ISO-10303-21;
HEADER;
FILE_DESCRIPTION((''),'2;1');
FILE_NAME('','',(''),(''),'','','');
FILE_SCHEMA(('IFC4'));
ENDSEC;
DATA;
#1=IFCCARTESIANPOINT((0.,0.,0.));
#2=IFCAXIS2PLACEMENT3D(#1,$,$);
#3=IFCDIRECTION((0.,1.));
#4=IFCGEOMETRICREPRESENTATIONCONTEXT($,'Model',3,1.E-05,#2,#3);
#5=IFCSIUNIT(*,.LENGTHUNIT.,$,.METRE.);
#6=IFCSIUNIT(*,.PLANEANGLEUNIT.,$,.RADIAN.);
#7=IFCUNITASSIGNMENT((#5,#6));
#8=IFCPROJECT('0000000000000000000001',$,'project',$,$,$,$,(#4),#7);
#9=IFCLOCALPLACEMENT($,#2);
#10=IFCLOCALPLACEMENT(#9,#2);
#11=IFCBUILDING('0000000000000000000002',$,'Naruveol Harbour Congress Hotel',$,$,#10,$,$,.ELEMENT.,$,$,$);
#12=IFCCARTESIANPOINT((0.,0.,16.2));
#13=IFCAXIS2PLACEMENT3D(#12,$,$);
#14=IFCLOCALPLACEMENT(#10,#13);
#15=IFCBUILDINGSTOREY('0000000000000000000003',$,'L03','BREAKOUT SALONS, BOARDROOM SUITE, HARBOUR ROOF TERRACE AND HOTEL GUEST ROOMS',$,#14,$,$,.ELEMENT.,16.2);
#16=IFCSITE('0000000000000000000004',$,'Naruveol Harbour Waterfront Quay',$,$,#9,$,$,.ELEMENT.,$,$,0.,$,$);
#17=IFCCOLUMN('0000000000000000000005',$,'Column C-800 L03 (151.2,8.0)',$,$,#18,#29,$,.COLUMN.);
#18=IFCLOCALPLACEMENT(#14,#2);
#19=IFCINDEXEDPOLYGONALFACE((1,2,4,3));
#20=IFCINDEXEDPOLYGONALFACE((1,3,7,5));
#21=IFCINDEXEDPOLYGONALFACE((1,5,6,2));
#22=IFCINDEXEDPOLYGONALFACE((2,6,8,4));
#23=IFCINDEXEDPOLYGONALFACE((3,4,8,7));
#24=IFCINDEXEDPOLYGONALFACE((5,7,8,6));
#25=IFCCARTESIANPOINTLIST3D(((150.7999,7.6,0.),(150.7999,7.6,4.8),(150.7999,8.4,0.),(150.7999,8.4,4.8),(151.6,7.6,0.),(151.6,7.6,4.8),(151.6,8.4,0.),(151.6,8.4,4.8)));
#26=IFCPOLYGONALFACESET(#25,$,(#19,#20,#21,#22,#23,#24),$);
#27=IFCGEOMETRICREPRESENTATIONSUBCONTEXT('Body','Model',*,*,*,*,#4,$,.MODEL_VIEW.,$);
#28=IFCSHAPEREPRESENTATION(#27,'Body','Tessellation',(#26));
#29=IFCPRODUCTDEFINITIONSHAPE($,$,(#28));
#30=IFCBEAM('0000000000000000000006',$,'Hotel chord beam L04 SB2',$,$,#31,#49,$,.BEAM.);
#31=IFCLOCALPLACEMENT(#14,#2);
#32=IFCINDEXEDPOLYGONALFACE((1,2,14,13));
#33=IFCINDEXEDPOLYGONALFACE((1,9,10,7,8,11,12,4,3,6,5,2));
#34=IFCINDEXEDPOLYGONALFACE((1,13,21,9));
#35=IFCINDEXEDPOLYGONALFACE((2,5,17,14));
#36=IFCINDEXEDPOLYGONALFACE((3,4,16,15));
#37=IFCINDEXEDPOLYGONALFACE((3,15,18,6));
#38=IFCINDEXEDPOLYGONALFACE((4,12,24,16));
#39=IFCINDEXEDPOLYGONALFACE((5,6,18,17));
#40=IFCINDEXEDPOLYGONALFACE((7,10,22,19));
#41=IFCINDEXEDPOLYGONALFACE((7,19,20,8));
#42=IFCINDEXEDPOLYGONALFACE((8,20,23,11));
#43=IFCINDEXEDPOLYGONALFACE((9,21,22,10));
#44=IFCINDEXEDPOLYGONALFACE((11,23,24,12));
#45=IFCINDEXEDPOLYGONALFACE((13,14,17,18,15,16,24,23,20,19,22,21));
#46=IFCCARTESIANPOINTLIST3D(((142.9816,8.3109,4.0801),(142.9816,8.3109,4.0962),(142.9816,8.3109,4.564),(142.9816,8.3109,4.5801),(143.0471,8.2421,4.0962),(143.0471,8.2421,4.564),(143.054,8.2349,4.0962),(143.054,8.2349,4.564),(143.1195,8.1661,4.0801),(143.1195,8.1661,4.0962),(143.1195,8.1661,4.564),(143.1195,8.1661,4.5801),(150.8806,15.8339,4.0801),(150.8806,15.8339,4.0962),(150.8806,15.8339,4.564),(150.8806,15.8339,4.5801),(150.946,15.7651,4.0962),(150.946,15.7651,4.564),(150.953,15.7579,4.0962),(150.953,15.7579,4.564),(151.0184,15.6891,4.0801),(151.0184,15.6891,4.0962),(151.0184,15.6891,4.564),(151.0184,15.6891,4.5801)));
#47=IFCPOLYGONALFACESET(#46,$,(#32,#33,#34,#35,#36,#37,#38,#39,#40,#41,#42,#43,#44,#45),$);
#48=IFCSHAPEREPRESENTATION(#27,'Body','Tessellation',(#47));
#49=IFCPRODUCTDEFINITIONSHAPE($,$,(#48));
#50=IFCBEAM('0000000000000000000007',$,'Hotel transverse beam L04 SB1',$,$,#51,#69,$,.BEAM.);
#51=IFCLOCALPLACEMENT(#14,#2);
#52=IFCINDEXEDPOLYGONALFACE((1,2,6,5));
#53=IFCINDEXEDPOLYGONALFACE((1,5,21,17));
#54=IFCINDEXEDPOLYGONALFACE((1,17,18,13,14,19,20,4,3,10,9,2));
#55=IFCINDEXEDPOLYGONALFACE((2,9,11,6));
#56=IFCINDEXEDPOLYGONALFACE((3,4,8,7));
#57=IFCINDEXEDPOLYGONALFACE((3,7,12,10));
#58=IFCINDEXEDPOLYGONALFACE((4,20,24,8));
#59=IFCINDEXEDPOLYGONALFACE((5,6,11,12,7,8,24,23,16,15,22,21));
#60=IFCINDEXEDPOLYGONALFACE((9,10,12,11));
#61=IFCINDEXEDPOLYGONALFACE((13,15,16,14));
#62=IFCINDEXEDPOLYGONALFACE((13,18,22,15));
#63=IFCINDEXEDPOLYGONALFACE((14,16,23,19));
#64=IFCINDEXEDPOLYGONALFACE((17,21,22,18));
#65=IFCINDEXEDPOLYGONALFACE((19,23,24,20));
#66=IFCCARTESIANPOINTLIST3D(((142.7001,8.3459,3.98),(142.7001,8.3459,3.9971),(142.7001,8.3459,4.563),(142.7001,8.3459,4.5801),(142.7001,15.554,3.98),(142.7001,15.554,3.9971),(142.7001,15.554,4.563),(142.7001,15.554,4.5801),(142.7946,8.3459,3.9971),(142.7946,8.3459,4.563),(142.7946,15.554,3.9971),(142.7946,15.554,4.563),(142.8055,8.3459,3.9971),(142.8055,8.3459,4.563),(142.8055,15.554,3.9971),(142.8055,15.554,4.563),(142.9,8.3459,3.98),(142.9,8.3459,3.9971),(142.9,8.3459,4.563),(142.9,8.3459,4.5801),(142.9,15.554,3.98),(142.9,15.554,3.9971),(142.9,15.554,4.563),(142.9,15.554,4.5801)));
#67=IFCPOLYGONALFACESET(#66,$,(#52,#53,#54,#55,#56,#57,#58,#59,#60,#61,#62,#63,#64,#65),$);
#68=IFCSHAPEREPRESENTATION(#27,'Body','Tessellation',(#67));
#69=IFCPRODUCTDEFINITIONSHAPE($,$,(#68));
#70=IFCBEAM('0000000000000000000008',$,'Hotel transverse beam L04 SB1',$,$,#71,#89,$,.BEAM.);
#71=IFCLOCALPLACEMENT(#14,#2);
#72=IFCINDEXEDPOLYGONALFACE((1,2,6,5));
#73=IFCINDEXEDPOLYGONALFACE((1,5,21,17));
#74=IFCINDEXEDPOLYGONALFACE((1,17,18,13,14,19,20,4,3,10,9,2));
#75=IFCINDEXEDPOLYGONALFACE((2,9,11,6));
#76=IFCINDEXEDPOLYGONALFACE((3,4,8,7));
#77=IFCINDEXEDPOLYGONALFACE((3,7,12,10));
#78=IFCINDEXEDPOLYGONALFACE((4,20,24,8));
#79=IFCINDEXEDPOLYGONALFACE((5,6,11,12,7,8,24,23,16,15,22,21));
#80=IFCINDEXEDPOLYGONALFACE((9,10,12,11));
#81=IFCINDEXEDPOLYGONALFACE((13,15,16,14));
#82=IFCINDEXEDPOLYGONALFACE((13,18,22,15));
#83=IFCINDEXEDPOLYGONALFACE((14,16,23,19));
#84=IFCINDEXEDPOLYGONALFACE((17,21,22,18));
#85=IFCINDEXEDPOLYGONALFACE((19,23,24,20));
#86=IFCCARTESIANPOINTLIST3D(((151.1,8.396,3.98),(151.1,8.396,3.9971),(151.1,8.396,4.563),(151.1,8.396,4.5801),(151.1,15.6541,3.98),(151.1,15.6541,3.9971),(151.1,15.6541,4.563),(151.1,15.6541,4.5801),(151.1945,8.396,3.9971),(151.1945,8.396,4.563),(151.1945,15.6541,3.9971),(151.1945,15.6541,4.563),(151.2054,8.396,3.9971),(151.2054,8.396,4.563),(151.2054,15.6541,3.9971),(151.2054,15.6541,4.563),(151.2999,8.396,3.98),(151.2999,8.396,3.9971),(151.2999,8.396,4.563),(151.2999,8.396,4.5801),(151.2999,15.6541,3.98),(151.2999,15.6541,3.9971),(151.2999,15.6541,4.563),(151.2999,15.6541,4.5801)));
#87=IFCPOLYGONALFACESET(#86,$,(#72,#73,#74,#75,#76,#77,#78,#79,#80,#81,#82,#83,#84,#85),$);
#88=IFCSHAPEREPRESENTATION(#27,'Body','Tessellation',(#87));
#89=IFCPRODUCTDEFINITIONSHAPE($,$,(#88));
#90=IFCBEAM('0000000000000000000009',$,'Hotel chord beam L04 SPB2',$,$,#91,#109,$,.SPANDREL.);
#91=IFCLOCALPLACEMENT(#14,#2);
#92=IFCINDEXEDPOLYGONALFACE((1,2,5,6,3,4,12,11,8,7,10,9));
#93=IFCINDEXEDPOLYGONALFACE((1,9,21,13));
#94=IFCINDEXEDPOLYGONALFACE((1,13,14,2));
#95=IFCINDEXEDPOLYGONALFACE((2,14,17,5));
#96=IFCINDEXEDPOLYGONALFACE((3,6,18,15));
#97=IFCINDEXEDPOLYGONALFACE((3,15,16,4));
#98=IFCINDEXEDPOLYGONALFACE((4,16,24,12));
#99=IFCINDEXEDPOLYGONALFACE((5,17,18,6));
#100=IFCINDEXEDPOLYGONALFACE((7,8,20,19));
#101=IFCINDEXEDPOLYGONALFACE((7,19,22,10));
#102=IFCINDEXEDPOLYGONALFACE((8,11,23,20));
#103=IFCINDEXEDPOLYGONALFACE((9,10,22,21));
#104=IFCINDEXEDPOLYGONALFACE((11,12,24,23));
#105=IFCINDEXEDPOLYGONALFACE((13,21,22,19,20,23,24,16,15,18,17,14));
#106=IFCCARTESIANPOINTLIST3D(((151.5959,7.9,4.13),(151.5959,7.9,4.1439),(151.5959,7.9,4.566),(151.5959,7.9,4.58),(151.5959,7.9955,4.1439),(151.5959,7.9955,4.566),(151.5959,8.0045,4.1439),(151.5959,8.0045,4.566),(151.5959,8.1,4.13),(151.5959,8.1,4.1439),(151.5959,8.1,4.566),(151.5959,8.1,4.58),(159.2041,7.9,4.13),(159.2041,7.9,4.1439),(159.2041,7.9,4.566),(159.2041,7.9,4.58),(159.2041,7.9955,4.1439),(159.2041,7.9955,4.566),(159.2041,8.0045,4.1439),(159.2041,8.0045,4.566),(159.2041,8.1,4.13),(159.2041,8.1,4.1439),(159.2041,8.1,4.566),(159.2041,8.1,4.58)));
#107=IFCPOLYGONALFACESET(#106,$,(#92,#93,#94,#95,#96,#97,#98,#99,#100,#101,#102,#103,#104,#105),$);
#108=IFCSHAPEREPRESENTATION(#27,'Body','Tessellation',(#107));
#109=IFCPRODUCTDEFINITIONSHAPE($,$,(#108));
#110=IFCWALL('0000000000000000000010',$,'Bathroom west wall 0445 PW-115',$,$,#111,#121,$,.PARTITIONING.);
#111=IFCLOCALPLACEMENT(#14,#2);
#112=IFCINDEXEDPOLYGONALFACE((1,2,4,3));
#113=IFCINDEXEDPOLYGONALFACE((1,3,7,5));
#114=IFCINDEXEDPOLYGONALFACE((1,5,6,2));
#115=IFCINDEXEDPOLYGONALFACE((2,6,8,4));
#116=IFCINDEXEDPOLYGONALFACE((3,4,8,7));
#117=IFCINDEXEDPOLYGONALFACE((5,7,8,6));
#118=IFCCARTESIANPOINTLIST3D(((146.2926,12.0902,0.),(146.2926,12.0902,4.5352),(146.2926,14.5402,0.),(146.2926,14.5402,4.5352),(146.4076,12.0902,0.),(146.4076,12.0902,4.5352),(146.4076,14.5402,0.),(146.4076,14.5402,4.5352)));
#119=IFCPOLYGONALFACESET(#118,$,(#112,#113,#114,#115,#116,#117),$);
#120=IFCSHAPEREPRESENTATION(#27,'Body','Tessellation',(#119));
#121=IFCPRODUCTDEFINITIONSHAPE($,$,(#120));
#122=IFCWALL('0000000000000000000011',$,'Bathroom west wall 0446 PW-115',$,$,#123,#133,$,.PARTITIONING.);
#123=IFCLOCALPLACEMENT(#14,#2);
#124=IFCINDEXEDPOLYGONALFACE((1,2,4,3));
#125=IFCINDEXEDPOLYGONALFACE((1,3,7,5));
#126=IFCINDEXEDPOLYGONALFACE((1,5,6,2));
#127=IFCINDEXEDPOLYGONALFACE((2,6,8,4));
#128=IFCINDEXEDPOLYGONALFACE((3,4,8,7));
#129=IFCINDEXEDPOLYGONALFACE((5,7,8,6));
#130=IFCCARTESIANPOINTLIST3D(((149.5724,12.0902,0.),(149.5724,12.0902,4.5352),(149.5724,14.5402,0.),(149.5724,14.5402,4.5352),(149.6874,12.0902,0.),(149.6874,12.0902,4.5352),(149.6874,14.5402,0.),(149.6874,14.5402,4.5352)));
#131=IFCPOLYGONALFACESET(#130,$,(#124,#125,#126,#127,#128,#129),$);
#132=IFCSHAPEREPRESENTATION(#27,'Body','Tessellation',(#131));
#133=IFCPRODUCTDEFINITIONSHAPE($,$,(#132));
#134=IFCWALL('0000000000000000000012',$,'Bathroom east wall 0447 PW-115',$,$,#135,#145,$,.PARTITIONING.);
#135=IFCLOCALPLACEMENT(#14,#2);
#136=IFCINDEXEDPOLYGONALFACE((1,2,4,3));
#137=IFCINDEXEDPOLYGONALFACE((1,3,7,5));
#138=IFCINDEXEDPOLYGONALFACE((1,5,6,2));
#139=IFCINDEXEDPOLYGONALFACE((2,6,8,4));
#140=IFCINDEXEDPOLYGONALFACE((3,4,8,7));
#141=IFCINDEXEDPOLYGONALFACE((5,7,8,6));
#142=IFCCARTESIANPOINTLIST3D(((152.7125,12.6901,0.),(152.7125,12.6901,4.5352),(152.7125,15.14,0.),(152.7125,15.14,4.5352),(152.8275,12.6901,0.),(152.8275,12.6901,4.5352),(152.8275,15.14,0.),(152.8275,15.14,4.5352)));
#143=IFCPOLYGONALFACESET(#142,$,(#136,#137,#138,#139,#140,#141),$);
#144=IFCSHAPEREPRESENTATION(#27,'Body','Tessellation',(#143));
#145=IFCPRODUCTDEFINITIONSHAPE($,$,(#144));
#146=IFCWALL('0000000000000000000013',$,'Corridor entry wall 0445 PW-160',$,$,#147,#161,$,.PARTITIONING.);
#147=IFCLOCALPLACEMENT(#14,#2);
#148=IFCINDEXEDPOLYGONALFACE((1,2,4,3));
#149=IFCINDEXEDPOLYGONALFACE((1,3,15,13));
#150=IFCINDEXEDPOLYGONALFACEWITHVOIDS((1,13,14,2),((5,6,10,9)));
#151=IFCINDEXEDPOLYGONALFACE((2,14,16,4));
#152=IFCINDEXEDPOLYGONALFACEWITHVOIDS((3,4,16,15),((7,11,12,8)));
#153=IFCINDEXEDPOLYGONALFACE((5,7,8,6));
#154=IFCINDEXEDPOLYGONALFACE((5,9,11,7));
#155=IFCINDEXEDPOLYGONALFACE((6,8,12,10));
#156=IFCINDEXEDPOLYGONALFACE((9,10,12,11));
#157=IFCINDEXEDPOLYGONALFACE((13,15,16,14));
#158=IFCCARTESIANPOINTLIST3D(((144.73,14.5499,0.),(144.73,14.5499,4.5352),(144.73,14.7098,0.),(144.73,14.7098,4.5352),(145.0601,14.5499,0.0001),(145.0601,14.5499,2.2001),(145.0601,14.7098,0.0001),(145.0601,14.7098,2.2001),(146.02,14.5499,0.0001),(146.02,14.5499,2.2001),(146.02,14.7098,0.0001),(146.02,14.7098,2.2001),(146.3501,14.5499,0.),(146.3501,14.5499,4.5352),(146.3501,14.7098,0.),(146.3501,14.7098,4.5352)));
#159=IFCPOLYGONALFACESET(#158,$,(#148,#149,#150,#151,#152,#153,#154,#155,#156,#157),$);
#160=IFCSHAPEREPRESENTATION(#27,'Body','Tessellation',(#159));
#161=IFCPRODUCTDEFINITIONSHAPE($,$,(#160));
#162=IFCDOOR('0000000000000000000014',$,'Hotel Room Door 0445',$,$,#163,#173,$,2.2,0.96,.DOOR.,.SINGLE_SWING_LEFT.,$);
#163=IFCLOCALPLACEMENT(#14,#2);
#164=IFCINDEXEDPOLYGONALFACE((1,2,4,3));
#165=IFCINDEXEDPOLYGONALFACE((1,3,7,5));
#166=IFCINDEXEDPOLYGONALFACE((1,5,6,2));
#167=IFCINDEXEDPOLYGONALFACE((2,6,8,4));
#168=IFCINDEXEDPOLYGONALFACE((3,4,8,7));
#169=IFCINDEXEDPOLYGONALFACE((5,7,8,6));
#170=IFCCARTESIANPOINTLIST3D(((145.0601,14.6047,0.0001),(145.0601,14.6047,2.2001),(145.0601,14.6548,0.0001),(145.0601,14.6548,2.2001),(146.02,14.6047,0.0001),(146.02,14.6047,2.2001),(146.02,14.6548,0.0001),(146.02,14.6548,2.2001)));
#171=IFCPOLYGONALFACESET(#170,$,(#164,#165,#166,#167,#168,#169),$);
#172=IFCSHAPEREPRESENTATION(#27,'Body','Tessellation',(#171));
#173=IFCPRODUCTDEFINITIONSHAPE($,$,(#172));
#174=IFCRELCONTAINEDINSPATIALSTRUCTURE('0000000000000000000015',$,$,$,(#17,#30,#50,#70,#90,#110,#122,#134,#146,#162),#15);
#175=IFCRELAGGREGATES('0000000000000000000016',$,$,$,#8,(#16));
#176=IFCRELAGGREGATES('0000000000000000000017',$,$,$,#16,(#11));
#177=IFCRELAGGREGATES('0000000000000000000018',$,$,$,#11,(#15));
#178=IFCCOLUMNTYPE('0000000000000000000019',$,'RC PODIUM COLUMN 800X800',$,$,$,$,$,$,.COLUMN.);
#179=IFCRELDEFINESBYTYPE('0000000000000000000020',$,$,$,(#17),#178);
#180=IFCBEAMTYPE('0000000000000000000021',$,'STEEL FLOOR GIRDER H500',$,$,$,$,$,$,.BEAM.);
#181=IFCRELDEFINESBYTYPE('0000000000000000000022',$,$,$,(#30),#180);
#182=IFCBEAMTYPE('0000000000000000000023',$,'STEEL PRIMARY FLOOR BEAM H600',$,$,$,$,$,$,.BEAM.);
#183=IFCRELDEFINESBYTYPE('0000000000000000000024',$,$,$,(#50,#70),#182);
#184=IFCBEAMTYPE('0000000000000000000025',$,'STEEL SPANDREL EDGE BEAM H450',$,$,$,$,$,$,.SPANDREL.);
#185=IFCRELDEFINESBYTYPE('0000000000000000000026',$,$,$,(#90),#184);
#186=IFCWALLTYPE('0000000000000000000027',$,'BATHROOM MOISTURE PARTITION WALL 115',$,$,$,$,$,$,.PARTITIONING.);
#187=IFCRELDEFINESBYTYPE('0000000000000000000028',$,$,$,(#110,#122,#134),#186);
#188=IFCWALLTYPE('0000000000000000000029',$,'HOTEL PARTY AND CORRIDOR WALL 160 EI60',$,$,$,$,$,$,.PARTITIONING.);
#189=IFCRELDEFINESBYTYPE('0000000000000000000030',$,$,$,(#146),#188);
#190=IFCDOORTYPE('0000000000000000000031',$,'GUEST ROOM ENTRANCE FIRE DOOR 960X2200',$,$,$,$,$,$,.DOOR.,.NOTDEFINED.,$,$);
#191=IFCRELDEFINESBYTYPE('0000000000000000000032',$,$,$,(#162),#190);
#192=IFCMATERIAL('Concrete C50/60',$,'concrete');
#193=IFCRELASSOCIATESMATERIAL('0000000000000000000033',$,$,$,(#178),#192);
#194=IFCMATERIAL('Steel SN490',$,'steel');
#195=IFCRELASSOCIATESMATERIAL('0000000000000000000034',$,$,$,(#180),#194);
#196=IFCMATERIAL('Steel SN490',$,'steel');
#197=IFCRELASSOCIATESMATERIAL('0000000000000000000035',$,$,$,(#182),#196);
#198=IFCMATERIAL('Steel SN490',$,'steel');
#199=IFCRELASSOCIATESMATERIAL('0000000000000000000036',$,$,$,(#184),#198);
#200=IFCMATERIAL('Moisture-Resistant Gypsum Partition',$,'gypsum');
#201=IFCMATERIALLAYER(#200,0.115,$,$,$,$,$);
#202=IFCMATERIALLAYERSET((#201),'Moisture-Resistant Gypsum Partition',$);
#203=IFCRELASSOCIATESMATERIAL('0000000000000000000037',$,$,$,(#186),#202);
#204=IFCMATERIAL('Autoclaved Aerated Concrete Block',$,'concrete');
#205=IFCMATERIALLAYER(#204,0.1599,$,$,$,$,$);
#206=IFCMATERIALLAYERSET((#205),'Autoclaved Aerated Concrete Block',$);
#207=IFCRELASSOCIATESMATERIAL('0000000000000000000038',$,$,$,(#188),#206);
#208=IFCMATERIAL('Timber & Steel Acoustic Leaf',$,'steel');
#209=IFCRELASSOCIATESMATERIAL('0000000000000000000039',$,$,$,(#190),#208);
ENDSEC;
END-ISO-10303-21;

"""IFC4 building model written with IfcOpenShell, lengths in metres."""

from ifc_helpers import new_model, si_unit, direction, frame, frame_2d, origin, origin_2d, place, context, subcontext, project, spatial, rectangle, i_section, extrude, material, layer, layer_set, material_profile, profile_set, type_object, element, fill, save


model = new_model("IFC4")

# Units and contexts
model_context = context("Model", 3, precision=1e-05, world=origin(), true_north=direction((0.0, 1.0)))
body_context = subcontext(model_context, "Body", "Model", "MODEL_VIEW")
ifc_project = project(units=[si_unit("LENGTHUNIT", "METRE"), si_unit("PLANEANGLEUNIT", "RADIAN")], contexts=[model_context])

# Site, building, storey
site_placement = place(None, origin())
site = spatial("IfcSite", under=ifc_project, at=site_placement, Name="Naruveol Harbour Waterfront Quay", CompositionType="ELEMENT", RefElevation=0.0)
building_placement = place(site_placement, origin())
building = spatial("IfcBuilding", under=site, at=building_placement, Name="Naruveol Harbour Congress Hotel", CompositionType="ELEMENT")
storey_placement = place(building_placement, frame((0.0, 0.0, 16.2)))
storey = spatial("IfcBuildingStorey", under=building, at=storey_placement, Name="L03", Description="BREAKOUT SALONS, BOARDROOM SUITE, HARBOUR ROOF TERRACE AND HOTEL GUEST ROOMS", CompositionType="ELEMENT", Elevation=16.2)

# Column
ifc_material_1 = material(Name="Concrete C50/60", Category="concrete")
ifc_material_profile_1 = material_profile(ifc_material_1, rectangle(XDim=0.8, YDim=0.8, at=origin_2d()), Name="RC-800x800")
ifc_profile_set_1 = profile_set([ifc_material_profile_1], Name="Concrete C50/60")
column_type = type_object("IfcColumnType", Name="RC PODIUM COLUMN 800X800", PredefinedType="COLUMN", material=ifc_profile_set_1)
column_placement = place(storey_placement, frame((151.2, 8.0, 0.0), z_axis=(0.0, 0.0, 1.0), x_axis=(1.0, 0.0, 0.0)))
element("IfcColumn", 1, at=column_placement, inside=storey, type_object=column_type, Name="Column C-800 L03 (151.2,8.0)", PredefinedType="COLUMN", context=body_context, shape_type="SweptSolid", body=[
    extrude(rectangle(XDim=0.8, YDim=0.8, at=origin_2d()), origin(), (0.0, 0.0, 1.0), 4.8),
])

# Beams
ifc_material_2 = material(Name="Steel SN490", Category="steel")
ifc_material_profile_2 = material_profile(ifc_material_2, i_section(OverallWidth=0.2, OverallDepth=0.5, WebThickness=0.01, FlangeThickness=0.0161, at=origin_2d()), Name="H-500x200x10x16")
ifc_profile_set_2 = profile_set([ifc_material_profile_2], Name="Steel SN490")
beam_type_1 = type_object("IfcBeamType", Name="STEEL FLOOR GIRDER H500", PredefinedType="BEAM", material=ifc_profile_set_2)
beam_1_placement = place(storey_placement, frame((143.0505, 8.2385, 4.3301), z_axis=(0.72413, 0.689663, 0.0), x_axis=(-0.689663, 0.72413, 0.0)))
element("IfcBeam", 2, at=beam_1_placement, inside=storey, type_object=beam_type_1, Name="Hotel chord beam L04 SB2", PredefinedType="BEAM", context=body_context, shape_type="SweptSolid", body=[
    extrude(i_section(OverallWidth=0.2, OverallDepth=0.5, WebThickness=0.01, FlangeThickness=0.0161, at=origin_2d()), origin(), (0.0, 0.0, 1.0), 10.9082),
])
ifc_material_3 = material(Name="Steel SN490", Category="steel")
ifc_material_profile_3 = material_profile(ifc_material_3, i_section(OverallWidth=0.2, OverallDepth=0.6001, WebThickness=0.011, FlangeThickness=0.0171, at=origin_2d()), Name="H-600x200x11x17")
ifc_profile_set_3 = profile_set([ifc_material_profile_3], Name="Steel SN490")
beam_type_2 = type_object("IfcBeamType", Name="STEEL PRIMARY FLOOR BEAM H600", PredefinedType="BEAM", material=ifc_profile_set_3)
beam_2_placement = place(storey_placement, frame((142.8, 8.3459, 4.28), z_axis=(0.0, 1.0, 0.0), x_axis=(-1.0, 0.0, 0.0)))
element("IfcBeam", 3, at=beam_2_placement, inside=storey, type_object=beam_type_2, Name="Hotel transverse beam L04 SB1", PredefinedType="BEAM", context=body_context, shape_type="SweptSolid", body=[
    extrude(i_section(OverallWidth=0.2, OverallDepth=0.6001, WebThickness=0.011, FlangeThickness=0.0171, at=origin_2d()), origin(), (0.0, 0.0, 1.0), 7.208),
])
beam_3_placement = place(storey_placement, frame((151.2, 8.396, 4.28), z_axis=(0.0, 1.0, 0.0), x_axis=(-1.0, 0.0, 0.0)))
element("IfcBeam", 4, at=beam_3_placement, inside=storey, type_object=beam_type_2, Name="Hotel transverse beam L04 SB1", PredefinedType="BEAM", context=body_context, shape_type="SweptSolid", body=[
    extrude(i_section(OverallWidth=0.2, OverallDepth=0.6001, WebThickness=0.011, FlangeThickness=0.0171, at=origin_2d()), origin(), (0.0, 0.0, 1.0), 7.2581),
])
ifc_material_4 = material(Name="Steel SN490", Category="steel")
ifc_material_profile_4 = material_profile(ifc_material_4, i_section(OverallWidth=0.2, OverallDepth=0.45, WebThickness=0.009, FlangeThickness=0.0139, at=origin_2d()), Name="H-450x200x9x14")
ifc_profile_set_4 = profile_set([ifc_material_profile_4], Name="Steel SN490")
beam_type_3 = type_object("IfcBeamType", Name="STEEL SPANDREL EDGE BEAM H450", PredefinedType="SPANDREL", material=ifc_profile_set_4)
beam_4_placement = place(storey_placement, frame((151.5959, 8.0, 4.355), z_axis=(1.0, 0.0, 0.0), x_axis=(0.0, 1.0, 0.0)))
element("IfcBeam", 5, at=beam_4_placement, inside=storey, type_object=beam_type_3, Name="Hotel chord beam L04 SPB2", PredefinedType="SPANDREL", context=body_context, shape_type="SweptSolid", body=[
    extrude(i_section(OverallWidth=0.2, OverallDepth=0.45, WebThickness=0.009, FlangeThickness=0.0139, at=origin_2d()), origin(), (0.0, 0.0, 1.0), 7.6082),
])

# Wall
ifc_material_5 = material(Name="Moisture-Resistant Gypsum Partition", Category="gypsum")
ifc_layer_1 = layer(ifc_material_5, 0.115)
ifc_layer_set_1 = layer_set([ifc_layer_1], Name="Moisture-Resistant Gypsum Partition")
wall_type_1 = type_object("IfcWallType", Name="BATHROOM MOISTURE PARTITION WALL 115", PredefinedType="PARTITIONING", material=ifc_layer_set_1)
wall_1_placement = place(storey_placement, frame((146.3501, 12.0901, 0.0), z_axis=(0.0, 0.0, 1.0), x_axis=(0.0, 1.0, 0.0)))
element("IfcWall", 6, at=wall_1_placement, inside=storey, type_object=wall_type_1, Name="Bathroom west wall 0445 PW-115", PredefinedType="PARTITIONING", context=body_context, shape_type="SweptSolid", body=[
    extrude(rectangle(XDim=2.45, YDim=0.115, at=frame_2d((1.2251, 0.0))), origin(), (0.0, 0.0, 1.0), 4.5352),
])

# Wall
wall_2_placement = place(storey_placement, frame((149.6299, 12.0901, 0.0), z_axis=(0.0, 0.0, 1.0), x_axis=(0.0, 1.0, 0.0)))
element("IfcWall", 7, at=wall_2_placement, inside=storey, type_object=wall_type_1, Name="Bathroom west wall 0446 PW-115", PredefinedType="PARTITIONING", context=body_context, shape_type="SweptSolid", body=[
    extrude(rectangle(XDim=2.45, YDim=0.115, at=frame_2d((1.2251, 0.0))), origin(), (0.0, 0.0, 1.0), 4.5352),
])

# Wall
wall_3_placement = place(storey_placement, frame((152.77, 12.6899, 0.0), z_axis=(0.0, 0.0, 1.0), x_axis=(0.0, 1.0, 0.0)))
element("IfcWall", 8, at=wall_3_placement, inside=storey, type_object=wall_type_1, Name="Bathroom east wall 0447 PW-115", PredefinedType="PARTITIONING", context=body_context, shape_type="SweptSolid", body=[
    extrude(rectangle(XDim=2.45, YDim=0.115, at=frame_2d((1.2251, 0.0))), origin(), (0.0, 0.0, 1.0), 4.5352),
])

# Wall, opening, door
ifc_material_6 = material(Name="Autoclaved Aerated Concrete Block", Category="concrete")
ifc_layer_2 = layer(ifc_material_6, 0.1599)
ifc_layer_set_2 = layer_set([ifc_layer_2], Name="Autoclaved Aerated Concrete Block")
wall_type_2 = type_object("IfcWallType", Name="HOTEL PARTY AND CORRIDOR WALL 160 EI60", PredefinedType="PARTITIONING", material=ifc_layer_set_2)
wall_4_placement = place(storey_placement, frame((144.73, 14.6299, 0.0), z_axis=(0.0, 0.0, 1.0), x_axis=(1.0, 0.0, 0.0)))
wall_4 = element("IfcWall", 9, at=wall_4_placement, inside=storey, type_object=wall_type_2, Name="Corridor entry wall 0445 PW-160", PredefinedType="PARTITIONING", context=body_context, shape_type="SweptSolid", body=[
    extrude(rectangle(XDim=1.6201, YDim=0.1599, at=frame_2d((0.8101, 0.0))), origin(), (0.0, 0.0, 1.0), 4.5352),
])
opening_1_placement = place(wall_4_placement, frame((0.3301, 0.0, 0.0)))
opening_1 = element("IfcOpeningElement", 10, at=opening_1_placement, cuts=wall_4, PredefinedType="OPENING", context=body_context, shape_type="SweptSolid", body=[
    extrude(rectangle(XDim=0.96, YDim=2.2, at=frame_2d((0.48, 1.1001))), frame((0.0, 0.0898, 0.0), z_axis=(0.0, -1.0, 0.0), x_axis=(1.0, 0.0, 0.0)), (0.0, 0.0, 1.0), 0.1799),
])
ifc_material_7 = material(Name="Timber & Steel Acoustic Leaf", Category="steel")
door_type_1 = type_object("IfcDoorType", Name="GUEST ROOM ENTRANCE FIRE DOOR 960X2200", OperationType="NOTDEFINED", PredefinedType="DOOR", material=ifc_material_7)
door_1_placement = place(opening_1_placement, origin())
door_1 = element("IfcDoor", 11, at=door_1_placement, inside=storey, type_object=door_type_1, Name="Hotel Room Door 0445", OperationType="SINGLE_SWING_LEFT", OverallHeight=2.2, OverallWidth=0.96, PredefinedType="DOOR", context=body_context, shape_type="SweptSolid", body=[
    extrude(rectangle(XDim=0.96, YDim=2.2, at=frame_2d((0.48, 1.1001))), frame((0.0, 0.0249, 0.0), z_axis=(0.0, -1.0, 0.0), x_axis=(1.0, 0.0, 0.0)), (0.0, 0.0, 1.0), 0.05),
])
fill(opening_1, door_1)

save(model, "model.ifc")
